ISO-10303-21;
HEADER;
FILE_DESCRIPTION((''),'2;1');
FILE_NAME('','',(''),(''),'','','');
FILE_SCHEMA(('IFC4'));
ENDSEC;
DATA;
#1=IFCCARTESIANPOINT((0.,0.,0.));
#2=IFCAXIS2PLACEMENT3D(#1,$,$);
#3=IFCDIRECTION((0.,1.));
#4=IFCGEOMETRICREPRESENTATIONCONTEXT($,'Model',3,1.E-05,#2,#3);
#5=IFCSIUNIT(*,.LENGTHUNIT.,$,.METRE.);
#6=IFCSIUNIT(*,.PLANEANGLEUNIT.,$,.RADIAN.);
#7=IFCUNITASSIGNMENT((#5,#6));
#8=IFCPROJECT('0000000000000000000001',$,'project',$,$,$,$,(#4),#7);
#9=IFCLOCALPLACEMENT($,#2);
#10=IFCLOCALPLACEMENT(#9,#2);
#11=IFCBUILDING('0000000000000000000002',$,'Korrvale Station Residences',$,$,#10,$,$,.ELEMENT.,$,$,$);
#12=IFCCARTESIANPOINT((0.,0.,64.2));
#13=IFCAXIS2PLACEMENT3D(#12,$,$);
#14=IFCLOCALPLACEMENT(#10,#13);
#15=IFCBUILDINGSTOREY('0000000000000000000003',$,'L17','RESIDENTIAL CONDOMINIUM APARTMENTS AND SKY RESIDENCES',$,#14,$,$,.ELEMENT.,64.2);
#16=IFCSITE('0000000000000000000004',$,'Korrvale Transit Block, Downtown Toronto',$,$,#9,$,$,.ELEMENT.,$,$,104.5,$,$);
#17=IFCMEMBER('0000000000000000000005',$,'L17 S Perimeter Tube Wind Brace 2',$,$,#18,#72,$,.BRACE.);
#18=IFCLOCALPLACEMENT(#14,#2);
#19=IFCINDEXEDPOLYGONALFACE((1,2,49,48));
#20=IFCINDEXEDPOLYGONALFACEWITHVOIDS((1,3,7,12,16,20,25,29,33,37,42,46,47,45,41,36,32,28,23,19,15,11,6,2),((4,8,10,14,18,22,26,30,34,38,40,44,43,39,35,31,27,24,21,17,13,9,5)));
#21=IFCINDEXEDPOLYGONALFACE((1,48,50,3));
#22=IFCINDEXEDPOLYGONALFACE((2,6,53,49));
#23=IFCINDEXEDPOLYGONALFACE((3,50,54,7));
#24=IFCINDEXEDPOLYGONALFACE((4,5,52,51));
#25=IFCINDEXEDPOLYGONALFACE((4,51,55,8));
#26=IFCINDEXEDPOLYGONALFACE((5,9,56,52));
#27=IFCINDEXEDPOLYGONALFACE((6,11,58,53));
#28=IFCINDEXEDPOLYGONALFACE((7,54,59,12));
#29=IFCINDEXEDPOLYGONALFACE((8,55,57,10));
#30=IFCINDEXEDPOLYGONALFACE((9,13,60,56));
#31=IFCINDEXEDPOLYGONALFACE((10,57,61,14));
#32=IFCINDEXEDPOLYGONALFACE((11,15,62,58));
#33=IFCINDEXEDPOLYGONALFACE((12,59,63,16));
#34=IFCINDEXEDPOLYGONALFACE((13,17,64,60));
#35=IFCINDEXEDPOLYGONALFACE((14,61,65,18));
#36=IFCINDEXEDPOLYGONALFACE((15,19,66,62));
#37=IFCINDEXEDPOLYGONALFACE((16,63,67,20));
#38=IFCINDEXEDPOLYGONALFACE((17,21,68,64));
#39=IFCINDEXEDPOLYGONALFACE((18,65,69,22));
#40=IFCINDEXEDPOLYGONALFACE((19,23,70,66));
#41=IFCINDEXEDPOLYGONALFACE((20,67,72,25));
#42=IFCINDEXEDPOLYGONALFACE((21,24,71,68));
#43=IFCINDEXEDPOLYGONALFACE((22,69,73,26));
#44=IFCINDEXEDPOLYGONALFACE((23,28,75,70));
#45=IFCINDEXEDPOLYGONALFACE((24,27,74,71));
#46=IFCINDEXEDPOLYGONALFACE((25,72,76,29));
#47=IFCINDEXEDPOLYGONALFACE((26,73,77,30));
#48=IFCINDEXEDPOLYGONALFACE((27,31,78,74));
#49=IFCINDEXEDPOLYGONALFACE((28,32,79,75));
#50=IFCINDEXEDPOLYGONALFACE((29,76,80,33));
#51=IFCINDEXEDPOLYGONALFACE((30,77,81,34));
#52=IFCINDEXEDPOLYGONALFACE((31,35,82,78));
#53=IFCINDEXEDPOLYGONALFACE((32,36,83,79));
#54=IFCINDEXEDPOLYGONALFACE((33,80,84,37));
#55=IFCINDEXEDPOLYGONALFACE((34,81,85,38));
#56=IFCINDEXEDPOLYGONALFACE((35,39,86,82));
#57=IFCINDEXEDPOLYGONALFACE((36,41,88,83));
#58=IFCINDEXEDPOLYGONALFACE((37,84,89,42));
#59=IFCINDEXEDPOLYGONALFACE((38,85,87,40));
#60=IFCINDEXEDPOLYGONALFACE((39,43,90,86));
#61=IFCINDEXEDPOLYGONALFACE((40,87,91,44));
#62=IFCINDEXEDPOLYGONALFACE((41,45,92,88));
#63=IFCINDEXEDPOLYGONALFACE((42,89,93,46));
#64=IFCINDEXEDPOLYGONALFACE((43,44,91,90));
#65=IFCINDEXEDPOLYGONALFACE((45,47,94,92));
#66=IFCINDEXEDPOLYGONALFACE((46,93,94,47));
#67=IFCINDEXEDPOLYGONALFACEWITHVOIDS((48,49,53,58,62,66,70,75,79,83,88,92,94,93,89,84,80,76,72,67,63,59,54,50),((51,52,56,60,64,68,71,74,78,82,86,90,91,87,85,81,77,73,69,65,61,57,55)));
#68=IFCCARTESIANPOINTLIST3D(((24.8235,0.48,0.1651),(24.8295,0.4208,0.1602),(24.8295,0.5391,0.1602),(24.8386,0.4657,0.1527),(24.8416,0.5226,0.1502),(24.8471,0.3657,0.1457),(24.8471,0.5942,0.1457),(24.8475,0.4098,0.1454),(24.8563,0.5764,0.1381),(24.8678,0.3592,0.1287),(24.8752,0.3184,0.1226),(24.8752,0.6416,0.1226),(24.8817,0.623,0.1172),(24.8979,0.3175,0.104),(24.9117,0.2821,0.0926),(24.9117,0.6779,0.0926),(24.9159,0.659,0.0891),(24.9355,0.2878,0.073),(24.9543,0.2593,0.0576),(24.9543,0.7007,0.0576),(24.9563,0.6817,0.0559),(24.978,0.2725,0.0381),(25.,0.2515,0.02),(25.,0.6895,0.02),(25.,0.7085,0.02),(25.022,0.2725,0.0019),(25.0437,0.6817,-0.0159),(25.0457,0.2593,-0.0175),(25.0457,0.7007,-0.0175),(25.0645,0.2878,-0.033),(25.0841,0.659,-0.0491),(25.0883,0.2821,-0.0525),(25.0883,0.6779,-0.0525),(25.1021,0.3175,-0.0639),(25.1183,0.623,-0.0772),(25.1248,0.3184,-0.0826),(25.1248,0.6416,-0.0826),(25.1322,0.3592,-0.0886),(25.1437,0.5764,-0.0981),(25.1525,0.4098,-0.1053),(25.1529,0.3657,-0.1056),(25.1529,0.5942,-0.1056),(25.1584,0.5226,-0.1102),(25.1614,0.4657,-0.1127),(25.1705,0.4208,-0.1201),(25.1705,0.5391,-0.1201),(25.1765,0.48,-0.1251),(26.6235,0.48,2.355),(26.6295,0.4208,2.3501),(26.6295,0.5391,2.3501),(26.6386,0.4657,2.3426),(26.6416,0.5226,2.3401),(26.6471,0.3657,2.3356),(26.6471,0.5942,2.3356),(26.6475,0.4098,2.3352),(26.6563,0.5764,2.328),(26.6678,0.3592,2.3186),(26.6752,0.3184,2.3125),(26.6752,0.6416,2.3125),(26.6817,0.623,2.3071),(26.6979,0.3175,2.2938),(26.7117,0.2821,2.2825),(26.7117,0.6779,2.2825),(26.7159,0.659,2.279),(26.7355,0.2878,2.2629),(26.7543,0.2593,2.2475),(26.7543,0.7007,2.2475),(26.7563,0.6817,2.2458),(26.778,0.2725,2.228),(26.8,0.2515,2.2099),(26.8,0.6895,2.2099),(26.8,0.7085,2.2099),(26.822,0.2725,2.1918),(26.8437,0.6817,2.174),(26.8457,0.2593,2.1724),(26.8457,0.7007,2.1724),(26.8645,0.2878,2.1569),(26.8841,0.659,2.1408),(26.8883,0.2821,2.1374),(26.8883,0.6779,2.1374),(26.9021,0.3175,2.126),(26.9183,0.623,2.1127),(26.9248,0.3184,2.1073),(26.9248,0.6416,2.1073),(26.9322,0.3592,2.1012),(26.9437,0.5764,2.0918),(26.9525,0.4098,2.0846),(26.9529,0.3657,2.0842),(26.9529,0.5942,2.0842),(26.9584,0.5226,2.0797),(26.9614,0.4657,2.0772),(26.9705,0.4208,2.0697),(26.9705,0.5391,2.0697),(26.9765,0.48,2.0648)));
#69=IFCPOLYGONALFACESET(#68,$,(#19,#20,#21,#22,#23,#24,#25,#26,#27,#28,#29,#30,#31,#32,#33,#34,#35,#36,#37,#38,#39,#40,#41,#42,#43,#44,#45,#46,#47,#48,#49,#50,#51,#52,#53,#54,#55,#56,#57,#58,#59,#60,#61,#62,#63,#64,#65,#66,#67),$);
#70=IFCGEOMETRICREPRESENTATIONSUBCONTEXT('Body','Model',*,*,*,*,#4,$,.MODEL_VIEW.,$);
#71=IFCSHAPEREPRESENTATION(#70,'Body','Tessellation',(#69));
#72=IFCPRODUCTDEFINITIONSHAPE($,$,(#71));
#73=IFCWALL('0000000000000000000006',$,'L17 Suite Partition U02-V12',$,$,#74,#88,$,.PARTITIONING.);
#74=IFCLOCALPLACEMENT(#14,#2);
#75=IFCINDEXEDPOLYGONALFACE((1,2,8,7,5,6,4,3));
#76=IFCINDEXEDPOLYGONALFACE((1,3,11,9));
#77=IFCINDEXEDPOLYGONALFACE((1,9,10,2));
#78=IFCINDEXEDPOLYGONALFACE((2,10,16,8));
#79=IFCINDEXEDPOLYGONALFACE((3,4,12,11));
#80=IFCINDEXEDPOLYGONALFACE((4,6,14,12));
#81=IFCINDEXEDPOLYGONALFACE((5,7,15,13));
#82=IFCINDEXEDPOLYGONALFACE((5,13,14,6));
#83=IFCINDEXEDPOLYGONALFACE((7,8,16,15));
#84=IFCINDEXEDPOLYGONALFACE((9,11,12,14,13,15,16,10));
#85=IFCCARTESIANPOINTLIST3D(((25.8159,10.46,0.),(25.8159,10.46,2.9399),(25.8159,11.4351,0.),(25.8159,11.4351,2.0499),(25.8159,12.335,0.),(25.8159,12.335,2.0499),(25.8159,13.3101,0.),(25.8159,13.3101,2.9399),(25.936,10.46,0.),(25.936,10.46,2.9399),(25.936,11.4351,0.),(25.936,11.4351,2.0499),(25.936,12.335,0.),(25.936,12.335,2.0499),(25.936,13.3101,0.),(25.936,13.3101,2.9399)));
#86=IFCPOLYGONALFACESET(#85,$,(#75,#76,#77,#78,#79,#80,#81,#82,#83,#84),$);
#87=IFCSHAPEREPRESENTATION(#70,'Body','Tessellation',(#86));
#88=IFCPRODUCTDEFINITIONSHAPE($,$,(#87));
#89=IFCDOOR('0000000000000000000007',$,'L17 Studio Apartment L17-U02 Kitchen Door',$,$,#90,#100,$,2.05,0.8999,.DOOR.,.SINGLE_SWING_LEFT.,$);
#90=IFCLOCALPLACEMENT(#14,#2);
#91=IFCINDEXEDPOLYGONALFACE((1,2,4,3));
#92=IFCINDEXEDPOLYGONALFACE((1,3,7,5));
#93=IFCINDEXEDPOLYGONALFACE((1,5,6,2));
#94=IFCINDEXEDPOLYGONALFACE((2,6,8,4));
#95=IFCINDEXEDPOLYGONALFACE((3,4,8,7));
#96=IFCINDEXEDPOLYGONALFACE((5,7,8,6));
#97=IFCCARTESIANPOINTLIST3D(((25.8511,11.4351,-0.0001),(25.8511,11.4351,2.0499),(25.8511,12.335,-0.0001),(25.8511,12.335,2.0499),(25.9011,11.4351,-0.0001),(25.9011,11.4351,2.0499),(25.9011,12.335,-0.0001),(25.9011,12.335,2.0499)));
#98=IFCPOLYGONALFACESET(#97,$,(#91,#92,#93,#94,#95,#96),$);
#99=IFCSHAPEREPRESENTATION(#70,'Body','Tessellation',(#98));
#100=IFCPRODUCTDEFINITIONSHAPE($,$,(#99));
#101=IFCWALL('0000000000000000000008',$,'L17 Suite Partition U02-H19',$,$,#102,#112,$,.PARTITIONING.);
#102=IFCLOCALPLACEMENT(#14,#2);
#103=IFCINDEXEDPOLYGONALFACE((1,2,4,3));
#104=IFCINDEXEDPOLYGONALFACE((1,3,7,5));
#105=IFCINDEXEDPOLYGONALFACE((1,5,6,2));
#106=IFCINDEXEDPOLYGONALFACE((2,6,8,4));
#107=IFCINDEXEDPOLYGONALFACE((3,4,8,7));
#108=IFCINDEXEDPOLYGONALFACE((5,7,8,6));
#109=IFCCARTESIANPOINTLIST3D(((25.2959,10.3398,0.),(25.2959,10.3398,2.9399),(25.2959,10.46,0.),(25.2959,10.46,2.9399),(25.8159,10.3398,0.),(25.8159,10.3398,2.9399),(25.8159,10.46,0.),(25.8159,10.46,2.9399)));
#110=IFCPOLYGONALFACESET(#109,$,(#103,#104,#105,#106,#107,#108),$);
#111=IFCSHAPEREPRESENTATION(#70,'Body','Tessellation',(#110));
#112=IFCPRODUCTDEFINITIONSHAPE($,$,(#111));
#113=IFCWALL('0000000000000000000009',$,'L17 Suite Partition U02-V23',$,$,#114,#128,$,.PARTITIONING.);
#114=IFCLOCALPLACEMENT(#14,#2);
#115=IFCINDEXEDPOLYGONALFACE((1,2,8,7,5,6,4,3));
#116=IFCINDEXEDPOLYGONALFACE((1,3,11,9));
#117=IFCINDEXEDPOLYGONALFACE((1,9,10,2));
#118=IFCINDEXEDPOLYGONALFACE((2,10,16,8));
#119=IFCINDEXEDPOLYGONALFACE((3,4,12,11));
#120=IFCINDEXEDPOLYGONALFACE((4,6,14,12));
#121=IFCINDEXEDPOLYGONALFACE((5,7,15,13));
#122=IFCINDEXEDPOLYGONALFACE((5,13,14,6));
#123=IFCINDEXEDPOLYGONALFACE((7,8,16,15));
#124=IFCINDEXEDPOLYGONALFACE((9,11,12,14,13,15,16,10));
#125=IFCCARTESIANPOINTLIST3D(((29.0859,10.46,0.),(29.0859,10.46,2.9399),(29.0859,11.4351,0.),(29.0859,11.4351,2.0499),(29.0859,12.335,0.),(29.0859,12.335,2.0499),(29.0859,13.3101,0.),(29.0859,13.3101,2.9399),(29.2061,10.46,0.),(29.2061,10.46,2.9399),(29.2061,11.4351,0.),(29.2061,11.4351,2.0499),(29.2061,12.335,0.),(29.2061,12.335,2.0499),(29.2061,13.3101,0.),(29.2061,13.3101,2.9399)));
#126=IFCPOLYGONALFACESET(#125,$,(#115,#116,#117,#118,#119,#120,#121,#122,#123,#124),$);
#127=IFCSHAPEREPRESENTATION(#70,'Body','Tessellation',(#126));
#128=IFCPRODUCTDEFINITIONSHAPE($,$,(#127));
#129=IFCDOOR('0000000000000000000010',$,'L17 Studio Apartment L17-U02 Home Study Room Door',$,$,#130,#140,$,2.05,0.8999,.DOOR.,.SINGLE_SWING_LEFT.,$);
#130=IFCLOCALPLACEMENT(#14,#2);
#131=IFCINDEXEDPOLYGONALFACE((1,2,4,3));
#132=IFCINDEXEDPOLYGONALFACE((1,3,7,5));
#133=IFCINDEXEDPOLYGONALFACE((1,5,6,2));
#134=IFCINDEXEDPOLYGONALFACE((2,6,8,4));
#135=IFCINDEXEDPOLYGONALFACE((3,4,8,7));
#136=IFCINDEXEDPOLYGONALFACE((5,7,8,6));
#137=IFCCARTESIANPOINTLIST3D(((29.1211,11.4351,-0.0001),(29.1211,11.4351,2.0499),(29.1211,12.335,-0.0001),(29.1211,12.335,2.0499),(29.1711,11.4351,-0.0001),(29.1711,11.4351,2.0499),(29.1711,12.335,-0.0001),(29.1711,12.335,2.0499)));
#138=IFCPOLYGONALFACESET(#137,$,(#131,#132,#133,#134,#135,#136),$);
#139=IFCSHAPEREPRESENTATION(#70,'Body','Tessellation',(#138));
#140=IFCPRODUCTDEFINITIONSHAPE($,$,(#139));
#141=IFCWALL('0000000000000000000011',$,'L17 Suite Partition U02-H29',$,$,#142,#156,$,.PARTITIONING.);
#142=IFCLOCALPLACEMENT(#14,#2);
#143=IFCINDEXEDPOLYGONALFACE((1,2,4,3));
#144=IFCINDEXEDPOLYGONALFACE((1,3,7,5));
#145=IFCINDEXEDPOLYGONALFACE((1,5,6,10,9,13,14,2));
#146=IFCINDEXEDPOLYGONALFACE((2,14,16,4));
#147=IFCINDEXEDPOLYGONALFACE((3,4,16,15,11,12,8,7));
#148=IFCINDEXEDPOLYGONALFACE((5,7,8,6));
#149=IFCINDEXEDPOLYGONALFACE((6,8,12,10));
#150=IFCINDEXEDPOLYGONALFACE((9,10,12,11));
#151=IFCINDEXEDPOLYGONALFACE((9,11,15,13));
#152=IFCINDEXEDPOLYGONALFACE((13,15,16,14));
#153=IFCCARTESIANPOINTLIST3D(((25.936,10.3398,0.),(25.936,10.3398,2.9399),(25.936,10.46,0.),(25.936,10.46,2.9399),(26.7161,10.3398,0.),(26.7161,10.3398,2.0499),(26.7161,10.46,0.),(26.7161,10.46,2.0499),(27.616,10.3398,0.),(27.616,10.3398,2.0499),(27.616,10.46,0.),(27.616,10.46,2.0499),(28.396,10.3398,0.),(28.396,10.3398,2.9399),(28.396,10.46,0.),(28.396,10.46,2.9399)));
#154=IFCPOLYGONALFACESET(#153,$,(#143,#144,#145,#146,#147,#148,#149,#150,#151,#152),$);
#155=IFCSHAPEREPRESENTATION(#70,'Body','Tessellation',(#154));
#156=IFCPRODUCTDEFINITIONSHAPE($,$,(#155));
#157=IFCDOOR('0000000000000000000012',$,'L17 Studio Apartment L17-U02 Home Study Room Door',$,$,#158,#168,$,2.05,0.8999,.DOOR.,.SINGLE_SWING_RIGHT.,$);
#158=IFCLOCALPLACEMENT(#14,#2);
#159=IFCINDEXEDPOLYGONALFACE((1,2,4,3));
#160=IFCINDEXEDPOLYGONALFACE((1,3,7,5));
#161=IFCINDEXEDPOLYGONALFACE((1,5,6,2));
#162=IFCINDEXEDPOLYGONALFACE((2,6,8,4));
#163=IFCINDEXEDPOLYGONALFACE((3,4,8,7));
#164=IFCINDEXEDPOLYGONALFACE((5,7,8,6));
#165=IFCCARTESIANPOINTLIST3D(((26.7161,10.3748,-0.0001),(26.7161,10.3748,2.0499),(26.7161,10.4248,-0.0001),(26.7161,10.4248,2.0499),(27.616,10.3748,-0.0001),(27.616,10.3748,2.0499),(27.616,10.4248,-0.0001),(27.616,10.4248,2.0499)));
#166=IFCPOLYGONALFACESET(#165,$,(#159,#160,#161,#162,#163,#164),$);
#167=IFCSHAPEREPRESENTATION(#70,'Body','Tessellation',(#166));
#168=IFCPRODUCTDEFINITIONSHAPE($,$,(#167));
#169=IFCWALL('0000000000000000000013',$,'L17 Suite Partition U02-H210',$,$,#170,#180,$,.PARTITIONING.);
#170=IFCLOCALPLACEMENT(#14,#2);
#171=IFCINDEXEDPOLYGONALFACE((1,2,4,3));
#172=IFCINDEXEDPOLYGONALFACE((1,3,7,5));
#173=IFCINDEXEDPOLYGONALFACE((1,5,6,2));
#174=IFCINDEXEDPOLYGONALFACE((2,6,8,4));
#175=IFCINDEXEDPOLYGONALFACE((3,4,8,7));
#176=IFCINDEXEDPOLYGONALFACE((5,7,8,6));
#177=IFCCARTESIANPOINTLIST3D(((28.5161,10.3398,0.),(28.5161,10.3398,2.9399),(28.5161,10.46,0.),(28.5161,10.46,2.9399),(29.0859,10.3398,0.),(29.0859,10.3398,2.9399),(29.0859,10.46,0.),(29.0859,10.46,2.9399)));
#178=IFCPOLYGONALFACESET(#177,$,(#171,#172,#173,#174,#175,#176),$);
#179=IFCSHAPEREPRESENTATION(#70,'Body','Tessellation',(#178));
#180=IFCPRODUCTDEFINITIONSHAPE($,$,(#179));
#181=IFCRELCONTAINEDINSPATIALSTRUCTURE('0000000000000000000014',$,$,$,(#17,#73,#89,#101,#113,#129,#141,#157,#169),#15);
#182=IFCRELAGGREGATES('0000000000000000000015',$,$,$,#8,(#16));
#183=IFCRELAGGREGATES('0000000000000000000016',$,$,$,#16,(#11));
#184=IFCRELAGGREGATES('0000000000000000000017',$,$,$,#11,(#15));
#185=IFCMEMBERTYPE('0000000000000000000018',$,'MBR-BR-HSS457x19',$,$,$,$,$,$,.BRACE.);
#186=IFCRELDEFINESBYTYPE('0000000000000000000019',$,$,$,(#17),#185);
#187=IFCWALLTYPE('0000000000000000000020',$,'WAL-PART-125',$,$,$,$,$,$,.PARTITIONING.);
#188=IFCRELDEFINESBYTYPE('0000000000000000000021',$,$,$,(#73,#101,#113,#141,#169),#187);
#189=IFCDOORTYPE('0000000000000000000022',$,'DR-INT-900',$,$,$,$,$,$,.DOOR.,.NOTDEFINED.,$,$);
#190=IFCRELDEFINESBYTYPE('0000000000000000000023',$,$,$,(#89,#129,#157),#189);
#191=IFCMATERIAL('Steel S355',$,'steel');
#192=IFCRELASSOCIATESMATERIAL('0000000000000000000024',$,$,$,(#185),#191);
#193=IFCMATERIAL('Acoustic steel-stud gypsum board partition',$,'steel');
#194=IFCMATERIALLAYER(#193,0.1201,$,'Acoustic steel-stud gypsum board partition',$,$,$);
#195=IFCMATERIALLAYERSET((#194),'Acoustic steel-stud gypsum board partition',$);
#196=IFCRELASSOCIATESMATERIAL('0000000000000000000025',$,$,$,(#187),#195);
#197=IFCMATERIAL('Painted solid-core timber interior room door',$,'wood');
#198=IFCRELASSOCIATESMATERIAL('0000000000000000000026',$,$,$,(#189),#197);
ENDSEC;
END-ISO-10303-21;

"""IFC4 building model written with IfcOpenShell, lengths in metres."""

from ifc_helpers import new_model, si_unit, direction, frame, frame_2d, origin, origin_2d, place, context, subcontext, project, spatial, rectangle, hollow_circle, extrude, material, layer, layer_set, material_profile, profile_set, type_object, element, fill, save


model = new_model("IFC4")

# Units and contexts
model_context = context("Model", 3, precision=1e-05, world=origin(), true_north=direction((0.0, 1.0)))
body_context = subcontext(model_context, "Body", "Model", "MODEL_VIEW")
ifc_project = project(units=[si_unit("LENGTHUNIT", "METRE"), si_unit("PLANEANGLEUNIT", "RADIAN")], contexts=[model_context])

# Site, building, storey
site_placement = place(None, origin())
site = spatial("IfcSite", under=ifc_project, at=site_placement, Name="Korrvale Transit Block, Downtown Toronto", CompositionType="ELEMENT", RefElevation=104.5)
building_placement = place(site_placement, origin())
building = spatial("IfcBuilding", under=site, at=building_placement, Name="Korrvale Station Residences", CompositionType="ELEMENT")
storey_placement = place(building_placement, frame((0.0, 0.0, 64.2)))
storey = spatial("IfcBuildingStorey", under=building, at=storey_placement, Name="L17", Description="RESIDENTIAL CONDOMINIUM APARTMENTS AND SKY RESIDENCES", CompositionType="ELEMENT", Elevation=64.2)

# Shared definitions
ifc_material_1 = material(Name="Steel S355", Category="steel")

# Member
ifc_material_profile_1 = material_profile(ifc_material_1, hollow_circle(Radius=0.2285, WallThickness=0.019, at=origin_2d()), Name="HSS457x19")
ifc_profile_set_1 = profile_set([ifc_material_profile_1], Name="Steel S355")
member_type = type_object("IfcMemberType", Name="MBR-BR-HSS457x19", PredefinedType="BRACE", material=ifc_profile_set_1)
for number, where, z_axis, x_axis, name in (
    (1, (25.0, 0.48, 0.02), (0.634985, 0.0, 0.772524), (0.0, 1.0, 0.0), "L17 S Perimeter Tube Wind Brace 2"),
):
    element("IfcMember", number, at=place(storey_placement, frame(where, z_axis=z_axis, x_axis=x_axis)), inside=storey, type_object=member_type, Name=name, PredefinedType="BRACE", context=body_context, shape_type="SweptSolid", body=[
        extrude(hollow_circle(Radius=0.2285, WallThickness=0.019, at=origin_2d()), origin(), (0.0, 0.0, 1.0), 2.8347),
    ])

# Wall, opening, door
ifc_material_2 = material(Name="Acoustic steel-stud gypsum board partition", Category="steel")
ifc_layer_1 = layer(ifc_material_2, 0.1201, Name="Acoustic steel-stud gypsum board partition")
ifc_layer_set_1 = layer_set([ifc_layer_1], Name="Acoustic steel-stud gypsum board partition")
wall_type = type_object("IfcWallType", Name="WAL-PART-125", PredefinedType="PARTITIONING", material=ifc_layer_set_1)
wall_1_placement = place(storey_placement, frame((25.876, 10.46, 0.0), z_axis=(0.0, 0.0, 1.0), x_axis=(0.0, 1.0, 0.0)))
wall_1 = element("IfcWall", 2, at=wall_1_placement, inside=storey, type_object=wall_type, Name="L17 Suite Partition U02-V12", PredefinedType="PARTITIONING", context=body_context, shape_type="SweptSolid", body=[
    extrude(rectangle(XDim=2.8501, YDim=0.1201, at=frame_2d((1.425, 0.0))), origin(), (0.0, 0.0, 1.0), 2.9399),
])
opening_1_placement = place(wall_1_placement, frame((0.9751, 0.0, 0.0)))
opening_1 = element("IfcOpeningElement", 3, at=opening_1_placement, cuts=wall_1, PredefinedType="OPENING", context=body_context, shape_type="SweptSolid", body=[
    extrude(rectangle(XDim=0.8999, YDim=2.05, at=frame_2d((0.45, 1.0249))), frame((0.0, 0.0701, 0.0), z_axis=(0.0, -1.0, 0.0), x_axis=(1.0, 0.0, 0.0)), (0.0, 0.0, 1.0), 0.1401),
])
ifc_material_3 = material(Name="Painted solid-core timber interior room door", Category="wood")
door_type = type_object("IfcDoorType", Name="DR-INT-900", OperationType="NOTDEFINED", PredefinedType="DOOR", material=ifc_material_3)
door_1_placement = place(opening_1_placement, origin())
door_1 = element("IfcDoor", 4, at=door_1_placement, inside=storey, type_object=door_type, Name="L17 Studio Apartment L17-U02 Kitchen Door", OperationType="SINGLE_SWING_LEFT", OverallHeight=2.05, OverallWidth=0.8999, PredefinedType="DOOR", context=body_context, shape_type="SweptSolid", body=[
    extrude(rectangle(XDim=0.8999, YDim=2.05, at=frame_2d((0.45, 1.0249))), frame((0.0, 0.0249, 0.0), z_axis=(0.0, -1.0, 0.0), x_axis=(1.0, 0.0, 0.0)), (0.0, 0.0, 1.0), 0.05),
])
fill(opening_1, door_1)

# Wall
wall_2_placement = place(storey_placement, frame((25.2959, 10.3999, 0.0), z_axis=(0.0, 0.0, 1.0), x_axis=(1.0, 0.0, 0.0)))
element("IfcWall", 5, at=wall_2_placement, inside=storey, type_object=wall_type, Name="L17 Suite Partition U02-H19", PredefinedType="PARTITIONING", context=body_context, shape_type="SweptSolid", body=[
    extrude(rectangle(XDim=0.52, YDim=0.1201, at=frame_2d((0.26, 0.0))), origin(), (0.0, 0.0, 1.0), 2.9399),
])

# Walls, openings, doors
wall_3_placement = place(storey_placement, frame((29.146, 10.46, 0.0), z_axis=(0.0, 0.0, 1.0), x_axis=(0.0, 1.0, 0.0)))
wall_3 = element("IfcWall", 6, at=wall_3_placement, inside=storey, type_object=wall_type, Name="L17 Suite Partition U02-V23", PredefinedType="PARTITIONING", context=body_context, shape_type="SweptSolid", body=[
    extrude(rectangle(XDim=2.8501, YDim=0.1201, at=frame_2d((1.425, 0.0))), origin(), (0.0, 0.0, 1.0), 2.9399),
])
opening_2_placement = place(wall_3_placement, frame((0.9751, 0.0, 0.0)))
opening_2 = element("IfcOpeningElement", 7, at=opening_2_placement, cuts=wall_3, PredefinedType="OPENING", context=body_context, shape_type="SweptSolid", body=[
    extrude(rectangle(XDim=0.8999, YDim=2.05, at=frame_2d((0.45, 1.0249))), frame((0.0, 0.0701, 0.0), z_axis=(0.0, -1.0, 0.0), x_axis=(1.0, 0.0, 0.0)), (0.0, 0.0, 1.0), 0.1401),
])
door_2_placement = place(opening_2_placement, origin())
door_2 = element("IfcDoor", 8, at=door_2_placement, inside=storey, type_object=door_type, Name="L17 Studio Apartment L17-U02 Home Study Room Door", OperationType="SINGLE_SWING_LEFT", OverallHeight=2.05, OverallWidth=0.8999, PredefinedType="DOOR", context=body_context, shape_type="SweptSolid", body=[
    extrude(rectangle(XDim=0.8999, YDim=2.05, at=frame_2d((0.45, 1.0249))), frame((0.0, 0.0249, 0.0), z_axis=(0.0, -1.0, 0.0), x_axis=(1.0, 0.0, 0.0)), (0.0, 0.0, 1.0), 0.05),
])
fill(opening_2, door_2)
wall_4_placement = place(storey_placement, frame((25.936, 10.3999, 0.0), z_axis=(0.0, 0.0, 1.0), x_axis=(1.0, 0.0, 0.0)))
wall_4 = element("IfcWall", 9, at=wall_4_placement, inside=storey, type_object=wall_type, Name="L17 Suite Partition U02-H29", PredefinedType="PARTITIONING", context=body_context, shape_type="SweptSolid", body=[
    extrude(rectangle(XDim=2.46, YDim=0.1201, at=frame_2d((1.23, 0.0))), origin(), (0.0, 0.0, 1.0), 2.9399),
])
opening_3_placement = place(wall_4_placement, frame((0.78, 0.0, 0.0)))
opening_3 = element("IfcOpeningElement", 10, at=opening_3_placement, cuts=wall_4, PredefinedType="OPENING", context=body_context, shape_type="SweptSolid", body=[
    extrude(rectangle(XDim=0.8999, YDim=2.05, at=frame_2d((0.45, 1.0249))), frame((0.0, 0.0701, 0.0), z_axis=(0.0, -1.0, 0.0), x_axis=(1.0, 0.0, 0.0)), (0.0, 0.0, 1.0), 0.1401),
])
door_3_placement = place(opening_3_placement, origin())
door_3 = element("IfcDoor", 11, at=door_3_placement, inside=storey, type_object=door_type, Name="L17 Studio Apartment L17-U02 Home Study Room Door", OperationType="SINGLE_SWING_RIGHT", OverallHeight=2.05, OverallWidth=0.8999, PredefinedType="DOOR", context=body_context, shape_type="SweptSolid", body=[
    extrude(rectangle(XDim=0.8999, YDim=2.05, at=frame_2d((0.45, 1.0249))), frame((0.0, 0.0249, 0.0), z_axis=(0.0, -1.0, 0.0), x_axis=(1.0, 0.0, 0.0)), (0.0, 0.0, 1.0), 0.05),
])
fill(opening_3, door_3)

# Wall
wall_5_placement = place(storey_placement, frame((28.5161, 10.3999, 0.0), z_axis=(0.0, 0.0, 1.0), x_axis=(1.0, 0.0, 0.0)))
element("IfcWall", 12, at=wall_5_placement, inside=storey, type_object=wall_type, Name="L17 Suite Partition U02-H210", PredefinedType="PARTITIONING", context=body_context, shape_type="SweptSolid", body=[
    extrude(rectangle(XDim=0.5698, YDim=0.1201, at=frame_2d((0.2849, 0.0))), origin(), (0.0, 0.0, 1.0), 2.9399),
])

save(model, "model.ifc")
